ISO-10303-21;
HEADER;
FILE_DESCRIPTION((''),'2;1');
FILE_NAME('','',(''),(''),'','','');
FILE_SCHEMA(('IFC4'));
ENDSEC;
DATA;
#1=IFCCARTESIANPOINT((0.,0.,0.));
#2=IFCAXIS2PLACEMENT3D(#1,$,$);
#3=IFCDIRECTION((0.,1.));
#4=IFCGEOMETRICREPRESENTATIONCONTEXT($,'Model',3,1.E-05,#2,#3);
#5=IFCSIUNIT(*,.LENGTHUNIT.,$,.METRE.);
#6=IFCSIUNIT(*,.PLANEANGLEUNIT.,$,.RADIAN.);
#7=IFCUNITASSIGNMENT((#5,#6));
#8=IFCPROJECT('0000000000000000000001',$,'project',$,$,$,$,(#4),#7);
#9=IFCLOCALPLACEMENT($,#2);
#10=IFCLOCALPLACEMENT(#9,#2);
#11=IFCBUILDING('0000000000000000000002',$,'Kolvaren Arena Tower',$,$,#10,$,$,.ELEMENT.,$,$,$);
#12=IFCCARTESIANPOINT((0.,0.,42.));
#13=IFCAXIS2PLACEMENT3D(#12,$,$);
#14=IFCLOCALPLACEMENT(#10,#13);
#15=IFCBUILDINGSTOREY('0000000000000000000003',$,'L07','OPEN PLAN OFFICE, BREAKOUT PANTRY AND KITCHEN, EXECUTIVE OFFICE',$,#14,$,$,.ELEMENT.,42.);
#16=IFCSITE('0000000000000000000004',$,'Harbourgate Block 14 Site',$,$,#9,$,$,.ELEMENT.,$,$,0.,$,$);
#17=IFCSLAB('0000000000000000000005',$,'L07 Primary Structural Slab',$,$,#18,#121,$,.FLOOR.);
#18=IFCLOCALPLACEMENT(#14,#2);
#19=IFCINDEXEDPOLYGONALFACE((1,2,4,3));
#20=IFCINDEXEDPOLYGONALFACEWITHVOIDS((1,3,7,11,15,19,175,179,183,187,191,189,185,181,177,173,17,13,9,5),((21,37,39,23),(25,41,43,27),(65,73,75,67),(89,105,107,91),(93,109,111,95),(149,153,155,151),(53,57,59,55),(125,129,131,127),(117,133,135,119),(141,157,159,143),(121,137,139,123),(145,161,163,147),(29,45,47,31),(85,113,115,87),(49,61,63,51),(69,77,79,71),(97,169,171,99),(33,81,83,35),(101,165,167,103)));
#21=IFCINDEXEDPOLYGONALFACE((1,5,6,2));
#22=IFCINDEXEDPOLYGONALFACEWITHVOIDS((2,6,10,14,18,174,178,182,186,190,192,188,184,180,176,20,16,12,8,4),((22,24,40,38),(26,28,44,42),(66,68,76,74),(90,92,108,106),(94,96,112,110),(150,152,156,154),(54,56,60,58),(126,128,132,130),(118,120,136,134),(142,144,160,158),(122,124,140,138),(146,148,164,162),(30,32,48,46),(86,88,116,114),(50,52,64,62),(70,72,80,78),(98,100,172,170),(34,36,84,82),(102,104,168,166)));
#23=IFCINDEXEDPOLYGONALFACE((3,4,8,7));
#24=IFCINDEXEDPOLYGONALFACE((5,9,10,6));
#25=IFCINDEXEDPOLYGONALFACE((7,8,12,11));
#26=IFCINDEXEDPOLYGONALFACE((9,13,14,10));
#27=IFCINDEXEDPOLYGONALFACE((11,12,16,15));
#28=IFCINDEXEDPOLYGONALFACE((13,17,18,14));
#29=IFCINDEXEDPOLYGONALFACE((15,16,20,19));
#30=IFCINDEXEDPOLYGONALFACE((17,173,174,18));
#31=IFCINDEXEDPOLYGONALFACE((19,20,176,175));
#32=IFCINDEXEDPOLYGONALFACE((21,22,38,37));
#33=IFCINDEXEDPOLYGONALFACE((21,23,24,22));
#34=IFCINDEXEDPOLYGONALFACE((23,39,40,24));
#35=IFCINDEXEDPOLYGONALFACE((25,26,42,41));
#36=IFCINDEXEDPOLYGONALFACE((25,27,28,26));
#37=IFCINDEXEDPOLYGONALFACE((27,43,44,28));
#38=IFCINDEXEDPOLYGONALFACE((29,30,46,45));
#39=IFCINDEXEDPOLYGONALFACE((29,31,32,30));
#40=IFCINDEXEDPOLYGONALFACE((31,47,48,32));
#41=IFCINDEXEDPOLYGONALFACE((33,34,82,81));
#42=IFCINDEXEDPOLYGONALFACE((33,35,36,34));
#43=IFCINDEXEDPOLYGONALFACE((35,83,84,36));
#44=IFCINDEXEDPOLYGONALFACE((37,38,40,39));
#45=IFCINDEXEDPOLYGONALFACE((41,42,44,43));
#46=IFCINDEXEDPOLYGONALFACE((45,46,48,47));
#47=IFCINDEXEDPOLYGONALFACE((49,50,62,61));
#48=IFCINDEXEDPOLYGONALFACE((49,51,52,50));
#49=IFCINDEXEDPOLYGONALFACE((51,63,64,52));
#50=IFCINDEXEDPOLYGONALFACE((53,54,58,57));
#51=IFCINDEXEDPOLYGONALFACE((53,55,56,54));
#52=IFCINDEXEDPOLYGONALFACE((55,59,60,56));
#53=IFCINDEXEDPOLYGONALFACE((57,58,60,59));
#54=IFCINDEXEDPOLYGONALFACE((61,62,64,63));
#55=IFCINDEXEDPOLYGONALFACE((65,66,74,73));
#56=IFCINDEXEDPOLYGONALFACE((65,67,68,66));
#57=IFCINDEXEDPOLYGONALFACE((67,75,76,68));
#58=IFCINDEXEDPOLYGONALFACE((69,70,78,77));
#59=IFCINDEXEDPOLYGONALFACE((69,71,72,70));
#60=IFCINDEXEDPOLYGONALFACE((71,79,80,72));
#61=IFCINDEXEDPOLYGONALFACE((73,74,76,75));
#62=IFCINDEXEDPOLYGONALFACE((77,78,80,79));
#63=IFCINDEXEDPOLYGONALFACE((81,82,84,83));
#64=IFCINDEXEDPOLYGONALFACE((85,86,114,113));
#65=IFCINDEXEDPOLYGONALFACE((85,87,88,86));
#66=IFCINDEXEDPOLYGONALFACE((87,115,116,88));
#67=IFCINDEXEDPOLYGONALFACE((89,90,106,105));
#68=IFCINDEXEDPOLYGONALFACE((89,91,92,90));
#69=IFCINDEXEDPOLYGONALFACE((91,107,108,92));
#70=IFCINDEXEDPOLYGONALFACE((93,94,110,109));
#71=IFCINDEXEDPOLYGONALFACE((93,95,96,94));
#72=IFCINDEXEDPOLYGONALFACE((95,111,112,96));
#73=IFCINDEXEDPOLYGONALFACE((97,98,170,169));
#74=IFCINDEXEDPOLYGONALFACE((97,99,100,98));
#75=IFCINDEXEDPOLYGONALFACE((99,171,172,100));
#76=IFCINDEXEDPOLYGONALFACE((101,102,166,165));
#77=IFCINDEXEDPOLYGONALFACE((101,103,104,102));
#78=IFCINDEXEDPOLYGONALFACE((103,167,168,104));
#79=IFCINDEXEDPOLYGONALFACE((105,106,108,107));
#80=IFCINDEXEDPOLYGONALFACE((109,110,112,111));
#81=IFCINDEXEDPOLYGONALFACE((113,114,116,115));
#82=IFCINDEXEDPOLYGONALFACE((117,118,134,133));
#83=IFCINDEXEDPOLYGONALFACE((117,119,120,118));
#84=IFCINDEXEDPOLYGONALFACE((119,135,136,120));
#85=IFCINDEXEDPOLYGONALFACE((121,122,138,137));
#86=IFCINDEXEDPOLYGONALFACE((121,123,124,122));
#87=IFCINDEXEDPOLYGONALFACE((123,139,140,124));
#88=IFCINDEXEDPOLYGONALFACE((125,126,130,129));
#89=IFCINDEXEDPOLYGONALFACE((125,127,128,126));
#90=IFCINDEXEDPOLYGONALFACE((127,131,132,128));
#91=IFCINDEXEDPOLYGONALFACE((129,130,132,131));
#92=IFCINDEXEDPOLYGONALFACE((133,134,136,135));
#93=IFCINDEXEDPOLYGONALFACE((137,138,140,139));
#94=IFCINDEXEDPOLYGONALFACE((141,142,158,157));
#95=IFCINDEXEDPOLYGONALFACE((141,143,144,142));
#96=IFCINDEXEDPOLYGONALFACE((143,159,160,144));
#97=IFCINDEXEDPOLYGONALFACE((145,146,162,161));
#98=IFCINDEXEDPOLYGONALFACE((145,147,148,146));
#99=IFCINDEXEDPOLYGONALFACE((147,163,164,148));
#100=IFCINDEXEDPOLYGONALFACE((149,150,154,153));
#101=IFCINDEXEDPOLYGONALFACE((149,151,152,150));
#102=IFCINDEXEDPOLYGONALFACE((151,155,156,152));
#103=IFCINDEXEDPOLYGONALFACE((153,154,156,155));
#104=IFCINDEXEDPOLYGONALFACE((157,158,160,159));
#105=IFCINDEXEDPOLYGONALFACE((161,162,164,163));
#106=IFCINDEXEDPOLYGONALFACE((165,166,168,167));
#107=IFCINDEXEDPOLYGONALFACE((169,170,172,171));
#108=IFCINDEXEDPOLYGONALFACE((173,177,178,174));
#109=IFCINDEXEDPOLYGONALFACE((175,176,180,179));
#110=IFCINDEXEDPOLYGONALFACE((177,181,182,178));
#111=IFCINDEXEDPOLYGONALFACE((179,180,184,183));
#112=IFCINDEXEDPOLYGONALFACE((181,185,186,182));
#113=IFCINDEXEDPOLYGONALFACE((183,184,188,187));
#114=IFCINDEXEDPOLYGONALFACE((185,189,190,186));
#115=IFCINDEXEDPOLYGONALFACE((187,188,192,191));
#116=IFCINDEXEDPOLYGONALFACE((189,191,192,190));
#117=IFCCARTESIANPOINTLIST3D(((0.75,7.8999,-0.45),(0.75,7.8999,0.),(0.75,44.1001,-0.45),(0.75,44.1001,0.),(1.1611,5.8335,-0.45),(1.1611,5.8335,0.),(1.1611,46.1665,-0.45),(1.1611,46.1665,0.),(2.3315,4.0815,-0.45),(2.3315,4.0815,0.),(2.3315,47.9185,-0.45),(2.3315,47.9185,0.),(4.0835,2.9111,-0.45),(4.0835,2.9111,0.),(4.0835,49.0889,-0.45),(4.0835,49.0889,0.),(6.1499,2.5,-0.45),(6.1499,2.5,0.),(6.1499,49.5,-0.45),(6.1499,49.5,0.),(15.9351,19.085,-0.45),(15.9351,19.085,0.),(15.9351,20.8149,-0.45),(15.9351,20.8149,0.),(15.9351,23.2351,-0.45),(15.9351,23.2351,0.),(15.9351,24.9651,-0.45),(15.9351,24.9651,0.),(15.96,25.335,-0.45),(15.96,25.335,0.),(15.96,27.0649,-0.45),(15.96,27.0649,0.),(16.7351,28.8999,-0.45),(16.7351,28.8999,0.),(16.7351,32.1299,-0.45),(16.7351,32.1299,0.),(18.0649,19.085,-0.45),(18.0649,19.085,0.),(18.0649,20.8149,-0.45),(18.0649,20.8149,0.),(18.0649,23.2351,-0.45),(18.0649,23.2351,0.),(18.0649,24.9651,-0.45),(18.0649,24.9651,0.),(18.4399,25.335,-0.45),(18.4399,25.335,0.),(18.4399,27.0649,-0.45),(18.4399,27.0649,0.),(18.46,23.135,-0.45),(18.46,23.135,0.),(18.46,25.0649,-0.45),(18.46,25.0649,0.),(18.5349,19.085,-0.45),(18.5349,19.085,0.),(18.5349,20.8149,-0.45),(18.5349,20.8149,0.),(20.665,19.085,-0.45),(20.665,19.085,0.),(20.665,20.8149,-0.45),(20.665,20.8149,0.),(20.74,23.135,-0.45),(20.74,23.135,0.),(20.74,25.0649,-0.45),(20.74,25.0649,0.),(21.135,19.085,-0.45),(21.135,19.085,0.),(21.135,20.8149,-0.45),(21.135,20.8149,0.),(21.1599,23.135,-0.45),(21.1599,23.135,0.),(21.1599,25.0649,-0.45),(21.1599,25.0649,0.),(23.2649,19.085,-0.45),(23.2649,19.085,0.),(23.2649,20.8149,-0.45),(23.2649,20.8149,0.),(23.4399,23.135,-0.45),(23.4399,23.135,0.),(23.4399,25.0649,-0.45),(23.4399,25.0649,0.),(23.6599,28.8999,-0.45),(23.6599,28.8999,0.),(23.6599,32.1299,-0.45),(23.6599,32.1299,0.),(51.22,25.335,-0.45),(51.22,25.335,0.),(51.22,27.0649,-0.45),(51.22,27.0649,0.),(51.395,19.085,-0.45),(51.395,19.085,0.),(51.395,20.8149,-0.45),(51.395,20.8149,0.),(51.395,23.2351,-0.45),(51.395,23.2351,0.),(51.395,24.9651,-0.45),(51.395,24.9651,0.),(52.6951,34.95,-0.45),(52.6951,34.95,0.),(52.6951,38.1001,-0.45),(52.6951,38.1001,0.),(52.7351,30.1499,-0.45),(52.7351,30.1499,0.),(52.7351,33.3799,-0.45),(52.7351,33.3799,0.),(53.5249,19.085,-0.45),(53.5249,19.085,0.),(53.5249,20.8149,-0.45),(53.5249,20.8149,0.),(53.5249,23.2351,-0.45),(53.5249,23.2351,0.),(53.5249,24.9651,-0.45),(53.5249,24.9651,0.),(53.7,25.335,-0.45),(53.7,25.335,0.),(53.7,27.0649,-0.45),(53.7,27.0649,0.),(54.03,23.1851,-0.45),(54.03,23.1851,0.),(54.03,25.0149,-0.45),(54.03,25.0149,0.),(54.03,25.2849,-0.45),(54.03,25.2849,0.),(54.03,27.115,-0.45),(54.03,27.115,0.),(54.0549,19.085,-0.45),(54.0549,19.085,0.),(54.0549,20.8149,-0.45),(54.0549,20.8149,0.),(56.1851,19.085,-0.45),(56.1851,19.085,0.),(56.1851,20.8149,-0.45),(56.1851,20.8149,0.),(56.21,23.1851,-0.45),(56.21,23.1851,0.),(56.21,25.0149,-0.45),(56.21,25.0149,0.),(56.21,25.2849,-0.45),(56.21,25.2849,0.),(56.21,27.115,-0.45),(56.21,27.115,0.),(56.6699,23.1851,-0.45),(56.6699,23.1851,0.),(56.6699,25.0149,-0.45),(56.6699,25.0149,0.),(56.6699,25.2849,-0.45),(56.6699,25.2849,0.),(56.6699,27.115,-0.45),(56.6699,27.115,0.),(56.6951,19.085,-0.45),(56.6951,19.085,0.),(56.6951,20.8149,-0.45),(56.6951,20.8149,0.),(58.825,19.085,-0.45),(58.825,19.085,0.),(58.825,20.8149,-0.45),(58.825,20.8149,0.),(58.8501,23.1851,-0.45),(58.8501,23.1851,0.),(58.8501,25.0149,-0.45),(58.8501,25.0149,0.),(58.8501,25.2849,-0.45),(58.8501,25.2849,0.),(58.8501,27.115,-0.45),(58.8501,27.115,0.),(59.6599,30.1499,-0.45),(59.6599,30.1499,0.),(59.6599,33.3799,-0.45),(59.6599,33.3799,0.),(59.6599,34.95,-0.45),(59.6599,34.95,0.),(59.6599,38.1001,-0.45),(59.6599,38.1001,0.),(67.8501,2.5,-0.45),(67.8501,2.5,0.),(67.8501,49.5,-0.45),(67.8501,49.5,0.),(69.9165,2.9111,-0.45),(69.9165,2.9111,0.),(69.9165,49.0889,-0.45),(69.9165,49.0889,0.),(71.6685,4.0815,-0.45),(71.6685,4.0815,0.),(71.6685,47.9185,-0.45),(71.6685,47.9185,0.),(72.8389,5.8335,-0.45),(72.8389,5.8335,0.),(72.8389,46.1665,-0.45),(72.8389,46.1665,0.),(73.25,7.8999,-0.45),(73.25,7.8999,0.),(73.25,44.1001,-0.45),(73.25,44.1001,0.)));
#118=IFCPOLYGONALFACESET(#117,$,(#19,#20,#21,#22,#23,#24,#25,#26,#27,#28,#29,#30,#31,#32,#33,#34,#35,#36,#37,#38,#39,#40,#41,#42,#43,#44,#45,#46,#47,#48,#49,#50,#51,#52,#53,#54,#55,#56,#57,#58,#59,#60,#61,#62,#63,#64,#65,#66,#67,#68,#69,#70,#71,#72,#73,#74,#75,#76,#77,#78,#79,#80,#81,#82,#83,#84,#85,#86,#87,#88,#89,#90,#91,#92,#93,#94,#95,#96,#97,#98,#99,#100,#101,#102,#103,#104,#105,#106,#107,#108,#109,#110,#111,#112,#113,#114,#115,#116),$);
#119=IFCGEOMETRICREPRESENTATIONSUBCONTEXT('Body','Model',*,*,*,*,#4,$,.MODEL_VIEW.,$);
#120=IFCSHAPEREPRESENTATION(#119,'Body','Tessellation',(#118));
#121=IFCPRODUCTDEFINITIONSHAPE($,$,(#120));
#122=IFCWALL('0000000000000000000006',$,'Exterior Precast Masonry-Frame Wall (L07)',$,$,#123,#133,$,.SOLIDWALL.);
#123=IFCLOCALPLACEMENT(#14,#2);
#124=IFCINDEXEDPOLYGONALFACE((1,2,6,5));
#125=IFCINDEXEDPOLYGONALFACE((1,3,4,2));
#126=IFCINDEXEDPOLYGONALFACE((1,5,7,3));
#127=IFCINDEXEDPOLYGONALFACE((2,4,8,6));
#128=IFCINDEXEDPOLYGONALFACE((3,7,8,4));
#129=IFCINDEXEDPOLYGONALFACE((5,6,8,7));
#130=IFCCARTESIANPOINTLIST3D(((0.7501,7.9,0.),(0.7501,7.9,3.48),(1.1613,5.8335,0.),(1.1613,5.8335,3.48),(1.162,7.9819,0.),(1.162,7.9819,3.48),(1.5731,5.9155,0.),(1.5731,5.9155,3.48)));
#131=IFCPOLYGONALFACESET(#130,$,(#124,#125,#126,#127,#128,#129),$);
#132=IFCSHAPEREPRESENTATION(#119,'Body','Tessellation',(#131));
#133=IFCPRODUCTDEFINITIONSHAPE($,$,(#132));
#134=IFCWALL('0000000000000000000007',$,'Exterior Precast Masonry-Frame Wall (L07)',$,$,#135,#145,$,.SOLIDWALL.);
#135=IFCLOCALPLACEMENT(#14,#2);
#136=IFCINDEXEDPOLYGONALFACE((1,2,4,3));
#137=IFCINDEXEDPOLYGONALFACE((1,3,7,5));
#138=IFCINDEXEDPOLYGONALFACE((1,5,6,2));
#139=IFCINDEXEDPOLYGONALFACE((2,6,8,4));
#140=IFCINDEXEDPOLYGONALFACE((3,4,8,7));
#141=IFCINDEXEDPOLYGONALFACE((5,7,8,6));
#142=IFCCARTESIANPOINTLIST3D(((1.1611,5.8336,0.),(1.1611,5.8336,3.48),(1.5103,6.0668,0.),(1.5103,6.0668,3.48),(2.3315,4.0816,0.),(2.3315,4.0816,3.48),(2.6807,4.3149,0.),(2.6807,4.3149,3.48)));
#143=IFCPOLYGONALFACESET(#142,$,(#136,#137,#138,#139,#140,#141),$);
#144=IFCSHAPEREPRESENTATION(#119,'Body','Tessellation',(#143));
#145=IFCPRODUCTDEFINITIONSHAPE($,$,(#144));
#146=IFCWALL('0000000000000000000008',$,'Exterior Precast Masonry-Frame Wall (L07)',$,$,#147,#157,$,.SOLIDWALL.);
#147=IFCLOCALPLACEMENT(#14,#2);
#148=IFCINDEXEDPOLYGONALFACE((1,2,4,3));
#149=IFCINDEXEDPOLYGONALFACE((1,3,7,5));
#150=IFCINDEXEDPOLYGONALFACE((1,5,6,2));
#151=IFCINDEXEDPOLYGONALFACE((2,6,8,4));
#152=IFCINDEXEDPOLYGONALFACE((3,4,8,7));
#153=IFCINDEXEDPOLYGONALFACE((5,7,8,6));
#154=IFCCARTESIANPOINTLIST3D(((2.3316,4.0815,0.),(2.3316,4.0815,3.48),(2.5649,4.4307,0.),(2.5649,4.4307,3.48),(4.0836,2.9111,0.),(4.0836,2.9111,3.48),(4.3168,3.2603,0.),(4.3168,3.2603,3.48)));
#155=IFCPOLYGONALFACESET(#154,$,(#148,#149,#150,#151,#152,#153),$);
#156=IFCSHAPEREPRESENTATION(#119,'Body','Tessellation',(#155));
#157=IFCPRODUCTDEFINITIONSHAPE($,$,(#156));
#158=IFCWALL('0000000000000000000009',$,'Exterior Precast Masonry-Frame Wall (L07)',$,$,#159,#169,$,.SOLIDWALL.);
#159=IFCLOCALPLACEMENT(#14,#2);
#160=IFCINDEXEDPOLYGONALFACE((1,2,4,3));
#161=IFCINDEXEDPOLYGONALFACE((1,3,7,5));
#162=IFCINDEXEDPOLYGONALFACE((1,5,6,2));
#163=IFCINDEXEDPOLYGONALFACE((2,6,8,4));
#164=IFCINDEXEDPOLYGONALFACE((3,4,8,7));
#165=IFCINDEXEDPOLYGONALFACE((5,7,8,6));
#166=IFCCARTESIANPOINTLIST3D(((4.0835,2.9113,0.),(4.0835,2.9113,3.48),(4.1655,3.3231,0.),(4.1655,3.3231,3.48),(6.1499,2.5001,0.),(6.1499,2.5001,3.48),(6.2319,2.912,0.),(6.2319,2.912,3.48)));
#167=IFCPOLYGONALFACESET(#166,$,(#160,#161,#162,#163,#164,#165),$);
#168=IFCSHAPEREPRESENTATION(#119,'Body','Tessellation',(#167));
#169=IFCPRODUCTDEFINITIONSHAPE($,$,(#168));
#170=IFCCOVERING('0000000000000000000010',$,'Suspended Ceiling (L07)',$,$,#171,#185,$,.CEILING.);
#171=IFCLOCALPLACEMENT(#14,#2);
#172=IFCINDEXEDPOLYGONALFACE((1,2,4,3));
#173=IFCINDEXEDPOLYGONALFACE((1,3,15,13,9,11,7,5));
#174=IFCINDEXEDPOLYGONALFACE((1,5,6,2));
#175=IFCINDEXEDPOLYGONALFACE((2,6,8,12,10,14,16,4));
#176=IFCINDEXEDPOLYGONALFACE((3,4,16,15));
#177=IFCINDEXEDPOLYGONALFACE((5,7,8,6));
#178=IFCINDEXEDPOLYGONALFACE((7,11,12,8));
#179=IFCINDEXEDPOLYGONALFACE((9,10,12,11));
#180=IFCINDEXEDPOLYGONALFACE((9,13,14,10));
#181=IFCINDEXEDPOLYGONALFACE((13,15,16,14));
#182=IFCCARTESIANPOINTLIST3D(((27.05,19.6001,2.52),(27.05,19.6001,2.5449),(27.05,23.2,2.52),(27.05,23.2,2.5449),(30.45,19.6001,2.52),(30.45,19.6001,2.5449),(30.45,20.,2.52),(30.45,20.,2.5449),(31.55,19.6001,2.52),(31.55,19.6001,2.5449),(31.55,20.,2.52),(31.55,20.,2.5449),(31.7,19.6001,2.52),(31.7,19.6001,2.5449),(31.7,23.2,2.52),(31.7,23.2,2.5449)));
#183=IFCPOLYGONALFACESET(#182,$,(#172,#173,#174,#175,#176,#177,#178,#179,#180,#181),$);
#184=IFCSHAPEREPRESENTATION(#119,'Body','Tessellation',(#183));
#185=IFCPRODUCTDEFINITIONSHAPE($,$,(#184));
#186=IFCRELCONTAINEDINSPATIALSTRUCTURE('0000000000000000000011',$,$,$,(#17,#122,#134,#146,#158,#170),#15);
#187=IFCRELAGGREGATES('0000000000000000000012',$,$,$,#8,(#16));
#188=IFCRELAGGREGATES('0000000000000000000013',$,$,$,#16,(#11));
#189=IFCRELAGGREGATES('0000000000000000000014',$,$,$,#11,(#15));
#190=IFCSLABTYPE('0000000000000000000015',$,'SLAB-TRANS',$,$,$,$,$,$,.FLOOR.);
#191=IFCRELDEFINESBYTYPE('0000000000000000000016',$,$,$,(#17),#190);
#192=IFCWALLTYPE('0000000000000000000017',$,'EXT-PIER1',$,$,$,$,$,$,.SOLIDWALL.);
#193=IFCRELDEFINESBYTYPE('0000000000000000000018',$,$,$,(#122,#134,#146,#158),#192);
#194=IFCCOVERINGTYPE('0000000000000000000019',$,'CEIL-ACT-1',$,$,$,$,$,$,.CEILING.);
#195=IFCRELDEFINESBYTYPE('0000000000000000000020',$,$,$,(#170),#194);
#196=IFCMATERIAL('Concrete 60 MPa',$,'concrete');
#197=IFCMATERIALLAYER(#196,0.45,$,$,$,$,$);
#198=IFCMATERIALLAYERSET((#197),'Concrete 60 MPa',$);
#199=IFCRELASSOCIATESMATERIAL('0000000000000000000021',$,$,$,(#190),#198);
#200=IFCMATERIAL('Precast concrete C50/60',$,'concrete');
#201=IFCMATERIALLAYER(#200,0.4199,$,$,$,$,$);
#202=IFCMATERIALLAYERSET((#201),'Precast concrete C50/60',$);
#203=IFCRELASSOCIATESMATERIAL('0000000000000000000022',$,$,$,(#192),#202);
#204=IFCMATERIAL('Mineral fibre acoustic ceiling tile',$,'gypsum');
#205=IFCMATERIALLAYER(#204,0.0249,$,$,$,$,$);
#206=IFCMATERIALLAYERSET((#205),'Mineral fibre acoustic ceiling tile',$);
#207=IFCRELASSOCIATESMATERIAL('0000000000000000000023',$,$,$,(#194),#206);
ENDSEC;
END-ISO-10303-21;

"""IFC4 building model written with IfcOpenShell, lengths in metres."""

from ifc_helpers import new_model, si_unit, direction, frame, frame_2d, origin, place, context, subcontext, project, spatial, polyline, rectangle, outline, extrude, material, layer, layer_set, type_object, element, save


model = new_model("IFC4")

# Units and contexts
model_context = context("Model", 3, precision=1e-05, world=origin(), true_north=direction((0.0, 1.0)))
body_context = subcontext(model_context, "Body", "Model", "MODEL_VIEW")
ifc_project = project(units=[si_unit("LENGTHUNIT", "METRE"), si_unit("PLANEANGLEUNIT", "RADIAN")], contexts=[model_context])

# Site, building, storey
site_placement = place(None, origin())
site = spatial("IfcSite", under=ifc_project, at=site_placement, Name="Harbourgate Block 14 Site", CompositionType="ELEMENT", RefElevation=0.0)
building_placement = place(site_placement, origin())
building = spatial("IfcBuilding", under=site, at=building_placement, Name="Kolvaren Arena Tower", CompositionType="ELEMENT")
storey_placement = place(building_placement, frame((0.0, 0.0, 42.0)))
storey = spatial("IfcBuildingStorey", under=building, at=storey_placement, Name="L07", Description="OPEN PLAN OFFICE, BREAKOUT PANTRY AND KITCHEN, EXECUTIVE OFFICE", CompositionType="ELEMENT", Elevation=42.0)

# Slab
ifc_material_1 = material(Name="Concrete 60 MPa", Category="concrete")
ifc_layer_1 = layer(ifc_material_1, 0.45)
ifc_layer_set_1 = layer_set([ifc_layer_1], Name="Concrete 60 MPa")
slab_type_1 = type_object("IfcSlabType", Name="SLAB-TRANS", PredefinedType="FLOOR", material=ifc_layer_set_1)
slab_1_placement = place(storey_placement, frame((0.0, 0.0, -0.45)))
element("IfcSlab", 1, at=slab_1_placement, inside=storey, type_object=slab_type_1, Name="L07 Primary Structural Slab", PredefinedType="FLOOR", context=body_context, shape_type="SweptSolid", body=[
    extrude(outline(polyline([(67.8501, 2.5), (69.9165, 2.9111), (71.6685, 4.0815), (72.8389, 5.8335), (73.25, 7.8999), (73.25, 44.1001), (72.8389, 46.1665), (71.6685, 47.9185), (69.9165, 49.0889), (67.8501, 49.5), (6.1499, 49.5), (4.0835, 49.0889), (2.3315, 47.9185), (1.1611, 46.1665), (0.75, 44.1001), (0.75, 7.8999), (1.1611, 5.8335), (2.3315, 4.0815), (4.0835, 2.9111), (6.1499, 2.5), (67.8501, 2.5)]), holes=[polyline([(15.9351, 19.085), (15.9351, 20.8149), (18.0649, 20.8149), (18.0649, 19.085), (15.9351, 19.085)]), polyline([(18.5349, 19.085), (18.5349, 20.8149), (20.665, 20.8149), (20.665, 19.085), (18.5349, 19.085)]), polyline([(21.135, 19.085), (21.135, 20.8149), (23.2649, 20.8149), (23.2649, 19.085), (21.135, 19.085)]), polyline([(51.395, 19.085), (51.395, 20.8149), (53.5249, 20.8149), (53.5249, 19.085), (51.395, 19.085)]), polyline([(54.0549, 19.085), (54.0549, 20.8149), (56.1851, 20.8149), (56.1851, 19.085), (54.0549, 19.085)]), polyline([(56.6951, 19.085), (56.6951, 20.8149), (58.825, 20.8149), (58.825, 19.085), (56.6951, 19.085)]), polyline([(18.46, 23.135), (18.46, 25.0649), (20.74, 25.0649), (20.74, 23.135), (18.46, 23.135)]), polyline([(21.1599, 23.135), (21.1599, 25.0649), (23.4399, 25.0649), (23.4399, 23.135), (21.1599, 23.135)]), polyline([(54.03, 25.0149), (56.21, 25.0149), (56.21, 23.1851), (54.03, 23.1851), (54.03, 25.0149)]), polyline([(56.6699, 25.0149), (58.8501, 25.0149), (58.8501, 23.1851), (56.6699, 23.1851), (56.6699, 25.0149)]), polyline([(15.9351, 23.2351), (15.9351, 24.9651), (18.0649, 24.9651), (18.0649, 23.2351), (15.9351, 23.2351)]), polyline([(51.395, 24.9651), (53.5249, 24.9651), (53.5249, 23.2351), (51.395, 23.2351), (51.395, 24.9651)]), polyline([(54.03, 25.2849), (54.03, 27.115), (56.21, 27.115), (56.21, 25.2849), (54.03, 25.2849)]), polyline([(56.6699, 25.2849), (56.6699, 27.115), (58.8501, 27.115), (58.8501, 25.2849), (56.6699, 25.2849)]), polyline([(15.96, 27.0649), (18.4399, 27.0649), (18.4399, 25.335), (15.96, 25.335), (15.96, 27.0649)]), polyline([(51.22, 25.335), (51.22, 27.0649), (53.7, 27.0649), (53.7, 25.335), (51.22, 25.335)]), polyline([(16.7351, 28.8999), (16.7351, 32.1299), (23.6599, 32.1299), (23.6599, 28.8999), (16.7351, 28.8999)]), polyline([(52.7351, 33.3799), (59.6599, 33.3799), (59.6599, 30.1499), (52.7351, 30.1499), (52.7351, 33.3799)]), polyline([(52.6951, 38.1001), (59.6599, 38.1001), (59.6599, 34.95), (52.6951, 34.95), (52.6951, 38.1001)])]), origin(), (0.0, 0.0, 1.0), 0.45),
])

# Walls
ifc_material_2 = material(Name="Precast concrete C50/60", Category="concrete")
ifc_layer_2 = layer(ifc_material_2, 0.4199)
ifc_layer_set_2 = layer_set([ifc_layer_2], Name="Precast concrete C50/60")
wall_type = type_object("IfcWallType", Name="EXT-PIER1", PredefinedType="SOLIDWALL", material=ifc_layer_set_2)
for number, where, z_axis, x_axis, name in (
    (2, (1.3672, 5.8745, 0.0), (0.0, 0.0, 1.0), (-0.195136, 0.980776, 0.0), "Exterior Precast Masonry-Frame Wall (L07)"),
    (3, (2.5061, 4.1982, 0.0), (0.0, 0.0, 1.0), (-0.555502, 0.831515, 0.0), "Exterior Precast Masonry-Frame Wall (L07)"),
    (4, (4.2002, 3.0857, 0.0), (0.0, 0.0, 1.0), (-0.831515, 0.555502, 0.0), "Exterior Precast Masonry-Frame Wall (L07)"),
    (5, (6.1909, 2.7061, 0.0), (0.0, 0.0, 1.0), (-0.980776, 0.195136, 0.0), "Exterior Precast Masonry-Frame Wall (L07)"),
):
    element("IfcWall", number, at=place(storey_placement, frame(where, z_axis=z_axis, x_axis=x_axis)), inside=storey, type_object=wall_type, Name=name, PredefinedType="SOLIDWALL", context=body_context, shape_type="SweptSolid", body=[
        extrude(rectangle(XDim=2.1069, YDim=0.4199, at=frame_2d((1.0535, 0.0))), origin(), (0.0, 0.0, 1.0), 3.48),
    ])

# Covering
ifc_material_3 = material(Name="Mineral fibre acoustic ceiling tile", Category="gypsum")
ifc_layer_3 = layer(ifc_material_3, 0.0249)
ifc_layer_set_3 = layer_set([ifc_layer_3], Name="Mineral fibre acoustic ceiling tile")
covering_type_1 = type_object("IfcCoveringType", Name="CEIL-ACT-1", PredefinedType="CEILING", material=ifc_layer_set_3)
covering_1_placement = place(storey_placement, frame((0.0, 0.0, 2.52)))
element("IfcCovering", 6, at=covering_1_placement, inside=storey, type_object=covering_type_1, Name="Suspended Ceiling (L07)", PredefinedType="CEILING", context=body_context, shape_type="SweptSolid", body=[
    extrude(outline(polyline([(27.05, 19.6001), (27.05, 23.2), (31.7, 23.2), (31.7, 19.6001), (31.55, 19.6001), (31.55, 20.0), (30.45, 20.0), (30.45, 19.6001), (27.05, 19.6001)])), origin(), (0.0, 0.0, 1.0), 0.0249),
])

save(model, "model.ifc")
